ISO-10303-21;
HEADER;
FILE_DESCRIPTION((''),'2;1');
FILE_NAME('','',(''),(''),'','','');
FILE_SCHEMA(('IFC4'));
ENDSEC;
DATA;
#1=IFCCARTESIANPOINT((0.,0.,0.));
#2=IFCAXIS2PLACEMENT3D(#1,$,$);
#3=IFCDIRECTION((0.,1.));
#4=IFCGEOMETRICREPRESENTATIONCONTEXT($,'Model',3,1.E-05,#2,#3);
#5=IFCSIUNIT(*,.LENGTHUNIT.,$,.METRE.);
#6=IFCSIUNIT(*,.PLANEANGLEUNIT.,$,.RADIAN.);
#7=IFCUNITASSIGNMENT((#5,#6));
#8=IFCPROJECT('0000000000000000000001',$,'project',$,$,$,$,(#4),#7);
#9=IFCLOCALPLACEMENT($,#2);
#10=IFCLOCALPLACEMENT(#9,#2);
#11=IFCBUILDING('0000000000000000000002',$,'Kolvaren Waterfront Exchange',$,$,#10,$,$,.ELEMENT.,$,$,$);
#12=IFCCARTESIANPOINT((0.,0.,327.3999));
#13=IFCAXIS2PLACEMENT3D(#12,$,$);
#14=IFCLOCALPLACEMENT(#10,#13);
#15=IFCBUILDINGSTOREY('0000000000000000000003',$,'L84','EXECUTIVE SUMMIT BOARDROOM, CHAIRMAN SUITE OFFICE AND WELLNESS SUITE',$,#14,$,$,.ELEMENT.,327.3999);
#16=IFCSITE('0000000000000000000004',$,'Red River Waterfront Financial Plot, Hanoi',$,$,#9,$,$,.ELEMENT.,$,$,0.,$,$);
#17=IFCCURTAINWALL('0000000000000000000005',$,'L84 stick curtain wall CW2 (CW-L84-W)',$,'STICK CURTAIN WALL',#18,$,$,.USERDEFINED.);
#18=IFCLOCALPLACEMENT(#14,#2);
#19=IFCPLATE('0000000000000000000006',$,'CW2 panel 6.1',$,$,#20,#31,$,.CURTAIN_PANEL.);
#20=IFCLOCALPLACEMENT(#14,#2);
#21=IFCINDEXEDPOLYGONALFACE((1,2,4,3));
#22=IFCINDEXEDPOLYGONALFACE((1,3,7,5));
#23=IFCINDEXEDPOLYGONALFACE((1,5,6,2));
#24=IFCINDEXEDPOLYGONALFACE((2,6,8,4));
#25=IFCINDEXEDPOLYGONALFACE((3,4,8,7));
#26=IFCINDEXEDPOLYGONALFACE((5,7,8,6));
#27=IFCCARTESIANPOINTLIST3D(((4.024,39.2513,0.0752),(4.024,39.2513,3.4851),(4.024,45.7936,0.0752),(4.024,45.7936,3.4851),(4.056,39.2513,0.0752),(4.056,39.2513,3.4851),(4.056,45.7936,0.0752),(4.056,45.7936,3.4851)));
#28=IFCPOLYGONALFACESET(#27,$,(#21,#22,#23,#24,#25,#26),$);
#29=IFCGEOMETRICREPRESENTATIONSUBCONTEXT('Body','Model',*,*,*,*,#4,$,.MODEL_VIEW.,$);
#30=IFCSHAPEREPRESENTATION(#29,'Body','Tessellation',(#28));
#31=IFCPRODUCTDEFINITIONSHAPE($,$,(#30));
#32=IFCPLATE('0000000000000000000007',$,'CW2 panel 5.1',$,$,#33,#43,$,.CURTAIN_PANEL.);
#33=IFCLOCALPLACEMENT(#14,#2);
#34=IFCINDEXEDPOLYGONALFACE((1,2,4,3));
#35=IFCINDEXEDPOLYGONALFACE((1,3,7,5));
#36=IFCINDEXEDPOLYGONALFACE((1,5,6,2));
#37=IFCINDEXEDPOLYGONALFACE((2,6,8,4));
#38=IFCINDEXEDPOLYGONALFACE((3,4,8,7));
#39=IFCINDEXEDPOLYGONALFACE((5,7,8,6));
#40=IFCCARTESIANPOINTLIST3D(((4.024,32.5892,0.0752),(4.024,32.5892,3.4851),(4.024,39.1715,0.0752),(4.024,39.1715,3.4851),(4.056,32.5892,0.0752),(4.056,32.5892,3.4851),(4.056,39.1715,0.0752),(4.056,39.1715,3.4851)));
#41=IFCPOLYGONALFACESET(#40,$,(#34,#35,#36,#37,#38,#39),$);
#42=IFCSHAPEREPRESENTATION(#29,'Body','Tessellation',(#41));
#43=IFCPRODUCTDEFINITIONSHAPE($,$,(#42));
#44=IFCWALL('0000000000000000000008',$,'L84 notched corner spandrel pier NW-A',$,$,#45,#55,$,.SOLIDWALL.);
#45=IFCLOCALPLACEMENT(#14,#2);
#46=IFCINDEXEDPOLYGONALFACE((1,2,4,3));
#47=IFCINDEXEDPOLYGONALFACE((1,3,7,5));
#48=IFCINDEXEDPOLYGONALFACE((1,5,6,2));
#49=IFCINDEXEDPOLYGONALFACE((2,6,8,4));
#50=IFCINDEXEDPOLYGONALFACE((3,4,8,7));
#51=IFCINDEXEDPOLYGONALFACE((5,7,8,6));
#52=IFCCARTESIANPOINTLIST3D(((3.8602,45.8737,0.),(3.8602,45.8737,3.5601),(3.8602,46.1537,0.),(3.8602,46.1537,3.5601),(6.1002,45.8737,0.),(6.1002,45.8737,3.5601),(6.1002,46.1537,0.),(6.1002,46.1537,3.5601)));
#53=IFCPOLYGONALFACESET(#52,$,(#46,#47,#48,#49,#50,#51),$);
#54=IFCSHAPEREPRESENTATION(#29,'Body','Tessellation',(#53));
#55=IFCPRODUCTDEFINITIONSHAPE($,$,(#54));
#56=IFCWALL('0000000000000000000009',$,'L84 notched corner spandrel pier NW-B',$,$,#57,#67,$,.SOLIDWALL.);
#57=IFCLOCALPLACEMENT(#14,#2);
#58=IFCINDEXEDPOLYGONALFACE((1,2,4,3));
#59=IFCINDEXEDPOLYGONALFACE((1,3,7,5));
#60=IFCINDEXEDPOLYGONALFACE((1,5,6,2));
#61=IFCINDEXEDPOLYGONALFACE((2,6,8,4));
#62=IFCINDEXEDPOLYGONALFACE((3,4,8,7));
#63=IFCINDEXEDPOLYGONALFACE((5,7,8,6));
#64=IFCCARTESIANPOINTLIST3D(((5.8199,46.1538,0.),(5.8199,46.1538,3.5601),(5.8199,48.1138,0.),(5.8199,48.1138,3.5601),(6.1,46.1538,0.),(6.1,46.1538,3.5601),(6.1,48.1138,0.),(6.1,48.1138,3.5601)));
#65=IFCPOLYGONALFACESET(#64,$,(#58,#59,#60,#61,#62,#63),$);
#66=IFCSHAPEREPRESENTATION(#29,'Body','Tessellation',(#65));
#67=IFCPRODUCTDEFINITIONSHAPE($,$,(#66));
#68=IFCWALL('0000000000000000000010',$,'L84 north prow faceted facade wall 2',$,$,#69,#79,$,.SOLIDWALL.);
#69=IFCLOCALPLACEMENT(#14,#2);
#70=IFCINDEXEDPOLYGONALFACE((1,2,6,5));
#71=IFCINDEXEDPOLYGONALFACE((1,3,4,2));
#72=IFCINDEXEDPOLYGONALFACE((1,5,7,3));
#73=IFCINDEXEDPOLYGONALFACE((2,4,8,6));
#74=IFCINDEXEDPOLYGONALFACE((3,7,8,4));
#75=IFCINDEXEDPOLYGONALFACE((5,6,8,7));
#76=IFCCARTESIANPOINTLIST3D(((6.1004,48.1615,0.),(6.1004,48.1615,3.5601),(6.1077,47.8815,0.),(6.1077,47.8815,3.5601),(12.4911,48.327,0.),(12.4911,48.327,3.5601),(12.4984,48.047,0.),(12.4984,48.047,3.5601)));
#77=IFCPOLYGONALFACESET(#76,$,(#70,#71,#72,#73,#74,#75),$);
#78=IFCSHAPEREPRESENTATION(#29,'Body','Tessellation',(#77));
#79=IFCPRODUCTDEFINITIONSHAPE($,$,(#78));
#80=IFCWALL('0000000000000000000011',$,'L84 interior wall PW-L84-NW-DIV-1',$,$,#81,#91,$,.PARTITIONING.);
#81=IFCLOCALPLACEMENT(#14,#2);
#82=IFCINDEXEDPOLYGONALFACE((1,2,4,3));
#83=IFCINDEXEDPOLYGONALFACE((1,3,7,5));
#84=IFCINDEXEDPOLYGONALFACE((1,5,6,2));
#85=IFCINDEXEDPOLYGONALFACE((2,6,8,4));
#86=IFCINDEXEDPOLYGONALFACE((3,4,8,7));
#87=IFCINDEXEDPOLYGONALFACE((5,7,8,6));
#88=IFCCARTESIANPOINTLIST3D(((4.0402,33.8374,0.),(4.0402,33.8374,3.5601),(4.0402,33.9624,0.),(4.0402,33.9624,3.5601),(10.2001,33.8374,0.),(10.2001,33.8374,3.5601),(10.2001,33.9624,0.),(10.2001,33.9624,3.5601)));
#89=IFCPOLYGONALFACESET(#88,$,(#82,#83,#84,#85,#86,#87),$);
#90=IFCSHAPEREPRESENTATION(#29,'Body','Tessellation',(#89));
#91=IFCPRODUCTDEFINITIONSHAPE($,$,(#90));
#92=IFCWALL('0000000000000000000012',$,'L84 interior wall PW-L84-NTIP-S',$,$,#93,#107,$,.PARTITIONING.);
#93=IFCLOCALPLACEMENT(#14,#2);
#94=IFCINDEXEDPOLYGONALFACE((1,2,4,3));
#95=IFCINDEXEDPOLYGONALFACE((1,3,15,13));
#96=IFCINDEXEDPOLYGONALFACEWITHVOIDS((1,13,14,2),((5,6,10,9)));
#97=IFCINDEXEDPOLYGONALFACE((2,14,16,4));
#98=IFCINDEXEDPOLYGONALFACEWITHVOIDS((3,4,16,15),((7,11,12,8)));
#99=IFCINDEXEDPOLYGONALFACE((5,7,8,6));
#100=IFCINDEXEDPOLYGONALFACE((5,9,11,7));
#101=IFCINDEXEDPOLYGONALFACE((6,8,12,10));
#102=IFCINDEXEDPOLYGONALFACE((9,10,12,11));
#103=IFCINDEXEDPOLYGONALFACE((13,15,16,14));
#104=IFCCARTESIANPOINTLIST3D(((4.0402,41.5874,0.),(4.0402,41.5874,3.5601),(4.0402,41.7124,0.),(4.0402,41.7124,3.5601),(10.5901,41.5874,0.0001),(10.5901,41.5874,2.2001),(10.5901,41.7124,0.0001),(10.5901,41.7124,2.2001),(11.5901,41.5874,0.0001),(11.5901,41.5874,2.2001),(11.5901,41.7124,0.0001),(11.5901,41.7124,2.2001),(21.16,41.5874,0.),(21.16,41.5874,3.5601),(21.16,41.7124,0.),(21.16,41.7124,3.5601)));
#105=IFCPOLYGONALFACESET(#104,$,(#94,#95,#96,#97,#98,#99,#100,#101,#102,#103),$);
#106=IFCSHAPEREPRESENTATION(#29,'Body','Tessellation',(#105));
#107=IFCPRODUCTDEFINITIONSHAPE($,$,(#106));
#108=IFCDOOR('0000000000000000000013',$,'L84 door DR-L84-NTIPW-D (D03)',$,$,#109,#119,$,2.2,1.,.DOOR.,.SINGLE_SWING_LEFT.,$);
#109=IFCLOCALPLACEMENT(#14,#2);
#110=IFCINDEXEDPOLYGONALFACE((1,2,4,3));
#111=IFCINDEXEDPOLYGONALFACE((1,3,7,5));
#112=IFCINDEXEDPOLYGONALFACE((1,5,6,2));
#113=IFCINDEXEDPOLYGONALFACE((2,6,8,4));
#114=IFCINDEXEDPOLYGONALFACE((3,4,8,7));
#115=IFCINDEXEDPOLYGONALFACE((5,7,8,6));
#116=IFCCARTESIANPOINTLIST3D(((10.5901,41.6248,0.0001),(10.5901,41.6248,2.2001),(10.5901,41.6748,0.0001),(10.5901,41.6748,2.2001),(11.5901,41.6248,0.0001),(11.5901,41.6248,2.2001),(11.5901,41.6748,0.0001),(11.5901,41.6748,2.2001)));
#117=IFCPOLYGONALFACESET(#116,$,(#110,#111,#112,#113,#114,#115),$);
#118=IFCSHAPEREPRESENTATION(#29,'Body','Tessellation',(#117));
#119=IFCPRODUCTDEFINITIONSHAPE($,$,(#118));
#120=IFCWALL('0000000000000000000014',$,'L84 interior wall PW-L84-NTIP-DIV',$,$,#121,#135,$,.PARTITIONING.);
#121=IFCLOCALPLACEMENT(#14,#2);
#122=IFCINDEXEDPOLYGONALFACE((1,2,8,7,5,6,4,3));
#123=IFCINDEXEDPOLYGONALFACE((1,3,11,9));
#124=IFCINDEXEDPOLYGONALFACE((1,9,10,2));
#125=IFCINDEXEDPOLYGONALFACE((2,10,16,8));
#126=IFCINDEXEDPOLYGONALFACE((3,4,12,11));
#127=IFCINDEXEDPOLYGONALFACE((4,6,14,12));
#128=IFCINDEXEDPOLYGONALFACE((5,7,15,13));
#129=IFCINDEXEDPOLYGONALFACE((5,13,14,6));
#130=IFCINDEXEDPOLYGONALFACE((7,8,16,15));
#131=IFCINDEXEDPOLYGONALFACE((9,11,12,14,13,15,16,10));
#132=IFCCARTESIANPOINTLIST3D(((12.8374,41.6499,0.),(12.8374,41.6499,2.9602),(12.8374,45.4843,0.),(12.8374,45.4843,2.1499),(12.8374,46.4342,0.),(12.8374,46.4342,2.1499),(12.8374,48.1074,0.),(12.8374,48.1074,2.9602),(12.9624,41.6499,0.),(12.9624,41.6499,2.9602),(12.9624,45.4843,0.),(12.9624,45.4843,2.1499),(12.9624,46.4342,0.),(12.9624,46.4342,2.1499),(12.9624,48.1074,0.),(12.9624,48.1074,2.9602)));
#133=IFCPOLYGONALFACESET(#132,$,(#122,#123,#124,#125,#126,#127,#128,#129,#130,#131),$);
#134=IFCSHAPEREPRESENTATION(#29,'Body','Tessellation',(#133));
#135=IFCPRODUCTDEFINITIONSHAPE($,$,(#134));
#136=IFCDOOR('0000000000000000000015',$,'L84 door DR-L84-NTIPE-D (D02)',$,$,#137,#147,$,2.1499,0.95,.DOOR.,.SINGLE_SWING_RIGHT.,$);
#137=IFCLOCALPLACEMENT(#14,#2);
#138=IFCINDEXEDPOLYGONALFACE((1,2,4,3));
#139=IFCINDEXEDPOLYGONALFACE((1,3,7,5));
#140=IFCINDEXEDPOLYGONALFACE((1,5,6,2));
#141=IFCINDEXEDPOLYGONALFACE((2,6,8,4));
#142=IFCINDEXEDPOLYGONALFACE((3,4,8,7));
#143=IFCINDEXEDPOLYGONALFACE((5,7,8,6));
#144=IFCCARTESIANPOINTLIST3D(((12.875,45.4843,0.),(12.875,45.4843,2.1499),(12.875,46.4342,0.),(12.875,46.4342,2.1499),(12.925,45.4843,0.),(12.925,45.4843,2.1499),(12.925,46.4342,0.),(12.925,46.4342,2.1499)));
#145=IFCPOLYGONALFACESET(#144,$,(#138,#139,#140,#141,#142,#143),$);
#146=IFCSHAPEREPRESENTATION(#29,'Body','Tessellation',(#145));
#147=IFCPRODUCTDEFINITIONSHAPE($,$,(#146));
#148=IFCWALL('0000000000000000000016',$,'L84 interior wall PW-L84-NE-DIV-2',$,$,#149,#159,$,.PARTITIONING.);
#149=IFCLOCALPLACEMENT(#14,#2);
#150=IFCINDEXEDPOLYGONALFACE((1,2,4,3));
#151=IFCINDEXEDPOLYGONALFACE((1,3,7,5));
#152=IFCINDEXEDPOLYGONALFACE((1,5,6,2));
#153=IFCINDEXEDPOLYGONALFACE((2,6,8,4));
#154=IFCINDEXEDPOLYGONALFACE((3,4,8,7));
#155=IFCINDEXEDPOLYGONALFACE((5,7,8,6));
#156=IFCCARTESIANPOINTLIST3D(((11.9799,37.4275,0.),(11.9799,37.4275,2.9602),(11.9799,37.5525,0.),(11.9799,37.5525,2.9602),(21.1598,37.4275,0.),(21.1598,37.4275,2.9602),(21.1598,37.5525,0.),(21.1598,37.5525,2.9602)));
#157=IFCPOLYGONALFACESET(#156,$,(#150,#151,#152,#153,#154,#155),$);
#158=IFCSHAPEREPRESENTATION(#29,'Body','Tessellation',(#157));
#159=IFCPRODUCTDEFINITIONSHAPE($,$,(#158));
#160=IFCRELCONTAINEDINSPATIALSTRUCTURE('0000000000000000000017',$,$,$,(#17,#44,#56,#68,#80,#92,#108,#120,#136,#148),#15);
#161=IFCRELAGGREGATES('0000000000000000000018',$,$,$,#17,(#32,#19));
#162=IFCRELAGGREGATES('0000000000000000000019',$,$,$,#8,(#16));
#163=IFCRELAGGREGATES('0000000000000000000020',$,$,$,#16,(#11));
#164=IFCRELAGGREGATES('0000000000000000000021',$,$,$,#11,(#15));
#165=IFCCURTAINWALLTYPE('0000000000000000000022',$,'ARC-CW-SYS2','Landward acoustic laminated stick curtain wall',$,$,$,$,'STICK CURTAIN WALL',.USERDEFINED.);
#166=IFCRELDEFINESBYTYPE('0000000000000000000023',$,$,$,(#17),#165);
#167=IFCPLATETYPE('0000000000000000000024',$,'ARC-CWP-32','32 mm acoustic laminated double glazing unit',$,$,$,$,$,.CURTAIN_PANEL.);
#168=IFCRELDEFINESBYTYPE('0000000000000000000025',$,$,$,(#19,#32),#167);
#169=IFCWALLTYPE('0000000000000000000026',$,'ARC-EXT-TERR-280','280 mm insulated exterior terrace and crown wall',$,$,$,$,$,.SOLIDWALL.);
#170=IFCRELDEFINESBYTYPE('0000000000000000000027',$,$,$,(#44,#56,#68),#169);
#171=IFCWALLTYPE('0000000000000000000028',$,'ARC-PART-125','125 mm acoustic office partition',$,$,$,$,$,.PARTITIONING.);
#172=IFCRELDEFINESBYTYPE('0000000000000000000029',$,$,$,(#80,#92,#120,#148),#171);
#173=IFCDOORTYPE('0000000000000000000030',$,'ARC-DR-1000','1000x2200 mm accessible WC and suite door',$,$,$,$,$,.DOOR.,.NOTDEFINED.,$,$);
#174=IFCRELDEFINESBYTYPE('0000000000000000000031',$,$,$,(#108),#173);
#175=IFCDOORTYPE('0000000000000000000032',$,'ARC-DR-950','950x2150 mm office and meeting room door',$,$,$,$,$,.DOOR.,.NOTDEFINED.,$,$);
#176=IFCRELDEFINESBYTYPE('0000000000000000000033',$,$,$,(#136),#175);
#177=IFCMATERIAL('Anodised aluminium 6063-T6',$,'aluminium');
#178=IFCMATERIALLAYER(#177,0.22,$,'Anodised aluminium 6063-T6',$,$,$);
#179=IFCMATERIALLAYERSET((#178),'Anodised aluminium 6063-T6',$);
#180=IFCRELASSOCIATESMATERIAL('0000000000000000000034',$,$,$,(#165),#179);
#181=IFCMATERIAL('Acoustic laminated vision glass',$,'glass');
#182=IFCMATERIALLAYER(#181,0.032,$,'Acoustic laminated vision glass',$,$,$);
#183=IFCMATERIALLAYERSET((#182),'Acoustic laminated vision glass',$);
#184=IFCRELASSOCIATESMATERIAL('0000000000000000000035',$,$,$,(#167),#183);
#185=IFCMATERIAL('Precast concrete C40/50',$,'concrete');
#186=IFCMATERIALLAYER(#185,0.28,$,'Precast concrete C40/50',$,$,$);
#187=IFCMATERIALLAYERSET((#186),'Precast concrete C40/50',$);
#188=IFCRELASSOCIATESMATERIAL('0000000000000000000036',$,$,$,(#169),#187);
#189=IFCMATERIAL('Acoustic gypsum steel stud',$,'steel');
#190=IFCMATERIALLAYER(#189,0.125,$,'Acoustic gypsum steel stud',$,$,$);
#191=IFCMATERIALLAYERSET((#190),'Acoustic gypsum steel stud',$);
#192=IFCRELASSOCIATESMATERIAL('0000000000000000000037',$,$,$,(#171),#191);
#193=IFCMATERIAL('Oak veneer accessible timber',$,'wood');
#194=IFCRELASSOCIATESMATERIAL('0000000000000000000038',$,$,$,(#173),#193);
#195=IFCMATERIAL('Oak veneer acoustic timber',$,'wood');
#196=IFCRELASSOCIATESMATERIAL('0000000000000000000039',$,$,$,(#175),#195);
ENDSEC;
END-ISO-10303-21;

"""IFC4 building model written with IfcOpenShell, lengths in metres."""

from ifc_helpers import new_model, si_unit, direction, frame, frame_2d, origin, origin_with_axes, origin_2d, place, context, subcontext, project, spatial, rectangle, extrude, source, transform, mapped, material, layer, layer_set, type_object, element, fill, aggregate, save


model = new_model("IFC4")

# Units and contexts
model_context = context("Model", 3, precision=1e-05, world=origin(), true_north=direction((0.0, 1.0)))
body_context = subcontext(model_context, "Body", "Model", "MODEL_VIEW")
ifc_project = project(units=[si_unit("LENGTHUNIT", "METRE"), si_unit("PLANEANGLEUNIT", "RADIAN")], contexts=[model_context])

# Site, building, storey
site_placement = place(None, origin())
site = spatial("IfcSite", under=ifc_project, at=site_placement, Name="Red River Waterfront Financial Plot, Hanoi", CompositionType="ELEMENT", RefElevation=0.0)
building_placement = place(site_placement, origin())
building = spatial("IfcBuilding", under=site, at=building_placement, Name="Kolvaren Waterfront Exchange", CompositionType="ELEMENT")
storey_placement = place(building_placement, frame((0.0, 0.0, 327.3999)))
storey = spatial("IfcBuildingStorey", under=building, at=storey_placement, Name="L84", Description="EXECUTIVE SUMMIT BOARDROOM, CHAIRMAN SUITE OFFICE AND WELLNESS SUITE", CompositionType="ELEMENT", Elevation=327.3999)

# Curtain wall, plates
ifc_material_1 = material(Name="Anodised aluminium 6063-T6", Category="aluminium")
ifc_layer_1 = layer(ifc_material_1, 0.22, Name="Anodised aluminium 6063-T6")
ifc_layer_set_1 = layer_set([ifc_layer_1], Name="Anodised aluminium 6063-T6")
curtain_wall_type = type_object("IfcCurtainWallType", Name="ARC-CW-SYS2", Description="Landward acoustic laminated stick curtain wall", ElementType="STICK CURTAIN WALL", PredefinedType="USERDEFINED", material=ifc_layer_set_1)
curtain_wall_placement = place(storey_placement, origin())
curtain_wall = element("IfcCurtainWall", 1, at=curtain_wall_placement, inside=storey, type_object=curtain_wall_type, Name="L84 stick curtain wall CW2 (CW-L84-W)", ObjectType="STICK CURTAIN WALL", PredefinedType="USERDEFINED")
ifc_material_2 = material(Name="Acoustic laminated vision glass", Category="glass")
ifc_layer_2 = layer(ifc_material_2, 0.032, Name="Acoustic laminated vision glass")
ifc_layer_set_2 = layer_set([ifc_layer_2], Name="Acoustic laminated vision glass")
plate_type = type_object("IfcPlateType", Name="ARC-CWP-32", Description="32 mm acoustic laminated double glazing unit", PredefinedType="CURTAIN_PANEL", material=ifc_layer_set_2)
shared_shape_1 = source(origin_with_axes(), body_context, "Body", "SweptSolid", [
    extrude(rectangle(XDim=6.5422, YDim=0.032, at=origin_2d()), origin(), (0.0, 0.0, 1.0), 3.4099),
])
plate_1_placement = place(storey_placement, frame((4.04, 42.5225, 0.0752), z_axis=(0.0, 0.0, 1.0), x_axis=(0.0, 1.0, 0.0)))
plate_1 = element("IfcPlate", 2, at=plate_1_placement, type_object=plate_type, Name="CW2 panel 6.1", PredefinedType="CURTAIN_PANEL", context=body_context, shape_type="MappedRepresentation", body=[
    mapped(shared_shape_1, transform((0.0, 0.0, 0.0), x_axis=(1.0, 0.0, 0.0), y_axis=(0.0, 1.0, 0.0), z_axis=(0.0, 0.0, 1.0), scale=1.0)),
])
shared_shape_2 = source(origin_with_axes(), body_context, "Body", "SweptSolid", [
    extrude(rectangle(XDim=6.5823, YDim=0.032, at=origin_2d()), origin(), (0.0, 0.0, 1.0), 3.4099),
])
plate_2_placement = place(storey_placement, frame((4.04, 35.8804, 0.0752), z_axis=(0.0, 0.0, 1.0), x_axis=(0.0, 1.0, 0.0)))
plate_2 = element("IfcPlate", 3, at=plate_2_placement, type_object=plate_type, Name="CW2 panel 5.1", PredefinedType="CURTAIN_PANEL", context=body_context, shape_type="MappedRepresentation", body=[
    mapped(shared_shape_2, transform((0.0, 0.0, 0.0), x_axis=(1.0, 0.0, 0.0), y_axis=(0.0, 1.0, 0.0), z_axis=(0.0, 0.0, 1.0), scale=1.0)),
])
aggregate(curtain_wall, [plate_2, plate_1])

# Walls
ifc_material_3 = material(Name="Precast concrete C40/50", Category="concrete")
ifc_layer_3 = layer(ifc_material_3, 0.28, Name="Precast concrete C40/50")
ifc_layer_set_3 = layer_set([ifc_layer_3], Name="Precast concrete C40/50")
wall_type_1 = type_object("IfcWallType", Name="ARC-EXT-TERR-280", Description="280 mm insulated exterior terrace and crown wall", PredefinedType="SOLIDWALL", material=ifc_layer_set_3)
wall_1_placement = place(storey_placement, frame((3.8601, 46.0137, 0.0), z_axis=(0.0, 0.0, 1.0), x_axis=(1.0, 0.0, 0.0)))
element("IfcWall", 4, at=wall_1_placement, inside=storey, type_object=wall_type_1, Name="L84 notched corner spandrel pier NW-A", PredefinedType="SOLIDWALL", context=body_context, shape_type="SweptSolid", body=[
    extrude(rectangle(XDim=2.24, YDim=0.28, at=frame_2d((1.1201, 0.0))), origin(), (0.0, 0.0, 1.0), 3.5601),
])
wall_2_placement = place(storey_placement, frame((5.96, 46.1538, 0.0), z_axis=(0.0, 0.0, 1.0), x_axis=(0.0, 1.0, 0.0)))
element("IfcWall", 5, at=wall_2_placement, inside=storey, type_object=wall_type_1, Name="L84 notched corner spandrel pier NW-B", PredefinedType="SOLIDWALL", context=body_context, shape_type="SweptSolid", body=[
    extrude(rectangle(XDim=1.96, YDim=0.28, at=frame_2d((0.98, 0.0))), origin(), (0.0, 0.0, 1.0), 3.5601),
])
wall_3_placement = place(storey_placement, frame((12.4946, 48.187, 0.0), z_axis=(0.0, 0.0, 1.0), x_axis=(-0.999665, -0.025893, 0.0)))
element("IfcWall", 6, at=wall_3_placement, inside=storey, type_object=wall_type_1, Name="L84 north prow faceted facade wall 2", PredefinedType="SOLIDWALL", context=body_context, shape_type="SweptSolid", body=[
    extrude(rectangle(XDim=6.3928, YDim=0.28, at=frame_2d((3.1963, 0.0))), origin(), (0.0, 0.0, 1.0), 3.5601),
])
ifc_material_4 = material(Name="Acoustic gypsum steel stud", Category="steel")
ifc_layer_4 = layer(ifc_material_4, 0.125, Name="Acoustic gypsum steel stud")
ifc_layer_set_4 = layer_set([ifc_layer_4], Name="Acoustic gypsum steel stud")
wall_type_2 = type_object("IfcWallType", Name="ARC-PART-125", Description="125 mm acoustic office partition", PredefinedType="PARTITIONING", material=ifc_layer_set_4)
wall_4_placement = place(storey_placement, frame((4.04, 33.8999, 0.0), z_axis=(0.0, 0.0, 1.0), x_axis=(1.0, 0.0, 0.0)))
element("IfcWall", 7, at=wall_4_placement, inside=storey, type_object=wall_type_2, Name="L84 interior wall PW-L84-NW-DIV-1", PredefinedType="PARTITIONING", context=body_context, shape_type="SweptSolid", body=[
    extrude(rectangle(XDim=6.1599, YDim=0.125, at=frame_2d((3.0801, 0.0))), origin(), (0.0, 0.0, 1.0), 3.5601),
])

# Walls, openings, doors
wall_5_placement = place(storey_placement, frame((4.04, 41.6499, 0.0), z_axis=(0.0, 0.0, 1.0), x_axis=(1.0, 0.0, 0.0)))
wall_5 = element("IfcWall", 8, at=wall_5_placement, inside=storey, type_object=wall_type_2, Name="L84 interior wall PW-L84-NTIP-S", PredefinedType="PARTITIONING", context=body_context, shape_type="SweptSolid", body=[
    extrude(rectangle(XDim=17.1199, YDim=0.125, at=frame_2d((8.5601, 0.0))), origin(), (0.0, 0.0, 1.0), 3.5601),
])
opening_1_placement = place(wall_5_placement, frame((6.55, 0.0, 0.0)))
opening_1 = element("IfcOpeningElement", 9, at=opening_1_placement, cuts=wall_5, PredefinedType="OPENING", context=body_context, shape_type="SweptSolid", body=[
    extrude(rectangle(XDim=1.0, YDim=2.2, at=frame_2d((0.5, 1.1001))), frame((0.0, 0.0725, 0.0), z_axis=(0.0, -1.0, 0.0), x_axis=(1.0, 0.0, 0.0)), (0.0, 0.0, 1.0), 0.145),
])
ifc_material_5 = material(Name="Oak veneer accessible timber", Category="wood")
door_type_1 = type_object("IfcDoorType", Name="ARC-DR-1000", Description="1000x2200 mm accessible WC and suite door", OperationType="NOTDEFINED", PredefinedType="DOOR", material=ifc_material_5)
door_1_placement = place(opening_1_placement, origin())
door_1 = element("IfcDoor", 10, at=door_1_placement, inside=storey, type_object=door_type_1, Name="L84 door DR-L84-NTIPW-D (D03)", OperationType="SINGLE_SWING_LEFT", OverallHeight=2.2, OverallWidth=1.0, PredefinedType="DOOR", context=body_context, shape_type="SweptSolid", body=[
    extrude(rectangle(XDim=1.0, YDim=2.2, at=frame_2d((0.5, 1.1001))), frame((0.0, 0.0249, 0.0), z_axis=(0.0, -1.0, 0.0), x_axis=(1.0, 0.0, 0.0)), (0.0, 0.0, 1.0), 0.05),
])
fill(opening_1, door_1)
wall_6_placement = place(storey_placement, frame((12.8999, 41.6499, 0.0), z_axis=(0.0, 0.0, 1.0), x_axis=(0.0, 1.0, 0.0)))
wall_6 = element("IfcWall", 11, at=wall_6_placement, inside=storey, type_object=wall_type_2, Name="L84 interior wall PW-L84-NTIP-DIV", PredefinedType="PARTITIONING", context=body_context, shape_type="SweptSolid", body=[
    extrude(rectangle(XDim=6.4575, YDim=0.125, at=frame_2d((3.2288, 0.0))), origin(), (0.0, 0.0, 1.0), 2.9602),
])
opening_2_placement = place(wall_6_placement, frame((3.8342, 0.0, 0.0)))
opening_2 = element("IfcOpeningElement", 12, at=opening_2_placement, cuts=wall_6, PredefinedType="OPENING", context=body_context, shape_type="SweptSolid", body=[
    extrude(rectangle(XDim=0.95, YDim=2.1499, at=frame_2d((0.4751, 1.075))), frame((0.0, 0.0725, 0.0), z_axis=(0.0, -1.0, 0.0), x_axis=(1.0, 0.0, 0.0)), (0.0, 0.0, 1.0), 0.145),
])
ifc_material_6 = material(Name="Oak veneer acoustic timber", Category="wood")
door_type_2 = type_object("IfcDoorType", Name="ARC-DR-950", Description="950x2150 mm office and meeting room door", OperationType="NOTDEFINED", PredefinedType="DOOR", material=ifc_material_6)
door_2_placement = place(opening_2_placement, origin())
door_2 = element("IfcDoor", 13, at=door_2_placement, inside=storey, type_object=door_type_2, Name="L84 door DR-L84-NTIPE-D (D02)", OperationType="SINGLE_SWING_RIGHT", OverallHeight=2.1499, OverallWidth=0.95, PredefinedType="DOOR", context=body_context, shape_type="SweptSolid", body=[
    extrude(rectangle(XDim=0.95, YDim=2.1499, at=frame_2d((0.4751, 1.075))), frame((0.0, 0.0249, 0.0), z_axis=(0.0, -1.0, 0.0), x_axis=(1.0, 0.0, 0.0)), (0.0, 0.0, 1.0), 0.05),
])
fill(opening_2, door_2)

# Wall
wall_7_placement = place(storey_placement, frame((11.98, 37.49, 0.0), z_axis=(0.0, 0.0, 1.0), x_axis=(1.0, 0.0, 0.0)))
element("IfcWall", 14, at=wall_7_placement, inside=storey, type_object=wall_type_2, Name="L84 interior wall PW-L84-NE-DIV-2", PredefinedType="PARTITIONING", context=body_context, shape_type="SweptSolid", body=[
    extrude(rectangle(XDim=9.1799, YDim=0.125, at=frame_2d((4.5898, 0.0))), origin(), (0.0, 0.0, 1.0), 2.9602),
])

save(model, "model.ifc")
